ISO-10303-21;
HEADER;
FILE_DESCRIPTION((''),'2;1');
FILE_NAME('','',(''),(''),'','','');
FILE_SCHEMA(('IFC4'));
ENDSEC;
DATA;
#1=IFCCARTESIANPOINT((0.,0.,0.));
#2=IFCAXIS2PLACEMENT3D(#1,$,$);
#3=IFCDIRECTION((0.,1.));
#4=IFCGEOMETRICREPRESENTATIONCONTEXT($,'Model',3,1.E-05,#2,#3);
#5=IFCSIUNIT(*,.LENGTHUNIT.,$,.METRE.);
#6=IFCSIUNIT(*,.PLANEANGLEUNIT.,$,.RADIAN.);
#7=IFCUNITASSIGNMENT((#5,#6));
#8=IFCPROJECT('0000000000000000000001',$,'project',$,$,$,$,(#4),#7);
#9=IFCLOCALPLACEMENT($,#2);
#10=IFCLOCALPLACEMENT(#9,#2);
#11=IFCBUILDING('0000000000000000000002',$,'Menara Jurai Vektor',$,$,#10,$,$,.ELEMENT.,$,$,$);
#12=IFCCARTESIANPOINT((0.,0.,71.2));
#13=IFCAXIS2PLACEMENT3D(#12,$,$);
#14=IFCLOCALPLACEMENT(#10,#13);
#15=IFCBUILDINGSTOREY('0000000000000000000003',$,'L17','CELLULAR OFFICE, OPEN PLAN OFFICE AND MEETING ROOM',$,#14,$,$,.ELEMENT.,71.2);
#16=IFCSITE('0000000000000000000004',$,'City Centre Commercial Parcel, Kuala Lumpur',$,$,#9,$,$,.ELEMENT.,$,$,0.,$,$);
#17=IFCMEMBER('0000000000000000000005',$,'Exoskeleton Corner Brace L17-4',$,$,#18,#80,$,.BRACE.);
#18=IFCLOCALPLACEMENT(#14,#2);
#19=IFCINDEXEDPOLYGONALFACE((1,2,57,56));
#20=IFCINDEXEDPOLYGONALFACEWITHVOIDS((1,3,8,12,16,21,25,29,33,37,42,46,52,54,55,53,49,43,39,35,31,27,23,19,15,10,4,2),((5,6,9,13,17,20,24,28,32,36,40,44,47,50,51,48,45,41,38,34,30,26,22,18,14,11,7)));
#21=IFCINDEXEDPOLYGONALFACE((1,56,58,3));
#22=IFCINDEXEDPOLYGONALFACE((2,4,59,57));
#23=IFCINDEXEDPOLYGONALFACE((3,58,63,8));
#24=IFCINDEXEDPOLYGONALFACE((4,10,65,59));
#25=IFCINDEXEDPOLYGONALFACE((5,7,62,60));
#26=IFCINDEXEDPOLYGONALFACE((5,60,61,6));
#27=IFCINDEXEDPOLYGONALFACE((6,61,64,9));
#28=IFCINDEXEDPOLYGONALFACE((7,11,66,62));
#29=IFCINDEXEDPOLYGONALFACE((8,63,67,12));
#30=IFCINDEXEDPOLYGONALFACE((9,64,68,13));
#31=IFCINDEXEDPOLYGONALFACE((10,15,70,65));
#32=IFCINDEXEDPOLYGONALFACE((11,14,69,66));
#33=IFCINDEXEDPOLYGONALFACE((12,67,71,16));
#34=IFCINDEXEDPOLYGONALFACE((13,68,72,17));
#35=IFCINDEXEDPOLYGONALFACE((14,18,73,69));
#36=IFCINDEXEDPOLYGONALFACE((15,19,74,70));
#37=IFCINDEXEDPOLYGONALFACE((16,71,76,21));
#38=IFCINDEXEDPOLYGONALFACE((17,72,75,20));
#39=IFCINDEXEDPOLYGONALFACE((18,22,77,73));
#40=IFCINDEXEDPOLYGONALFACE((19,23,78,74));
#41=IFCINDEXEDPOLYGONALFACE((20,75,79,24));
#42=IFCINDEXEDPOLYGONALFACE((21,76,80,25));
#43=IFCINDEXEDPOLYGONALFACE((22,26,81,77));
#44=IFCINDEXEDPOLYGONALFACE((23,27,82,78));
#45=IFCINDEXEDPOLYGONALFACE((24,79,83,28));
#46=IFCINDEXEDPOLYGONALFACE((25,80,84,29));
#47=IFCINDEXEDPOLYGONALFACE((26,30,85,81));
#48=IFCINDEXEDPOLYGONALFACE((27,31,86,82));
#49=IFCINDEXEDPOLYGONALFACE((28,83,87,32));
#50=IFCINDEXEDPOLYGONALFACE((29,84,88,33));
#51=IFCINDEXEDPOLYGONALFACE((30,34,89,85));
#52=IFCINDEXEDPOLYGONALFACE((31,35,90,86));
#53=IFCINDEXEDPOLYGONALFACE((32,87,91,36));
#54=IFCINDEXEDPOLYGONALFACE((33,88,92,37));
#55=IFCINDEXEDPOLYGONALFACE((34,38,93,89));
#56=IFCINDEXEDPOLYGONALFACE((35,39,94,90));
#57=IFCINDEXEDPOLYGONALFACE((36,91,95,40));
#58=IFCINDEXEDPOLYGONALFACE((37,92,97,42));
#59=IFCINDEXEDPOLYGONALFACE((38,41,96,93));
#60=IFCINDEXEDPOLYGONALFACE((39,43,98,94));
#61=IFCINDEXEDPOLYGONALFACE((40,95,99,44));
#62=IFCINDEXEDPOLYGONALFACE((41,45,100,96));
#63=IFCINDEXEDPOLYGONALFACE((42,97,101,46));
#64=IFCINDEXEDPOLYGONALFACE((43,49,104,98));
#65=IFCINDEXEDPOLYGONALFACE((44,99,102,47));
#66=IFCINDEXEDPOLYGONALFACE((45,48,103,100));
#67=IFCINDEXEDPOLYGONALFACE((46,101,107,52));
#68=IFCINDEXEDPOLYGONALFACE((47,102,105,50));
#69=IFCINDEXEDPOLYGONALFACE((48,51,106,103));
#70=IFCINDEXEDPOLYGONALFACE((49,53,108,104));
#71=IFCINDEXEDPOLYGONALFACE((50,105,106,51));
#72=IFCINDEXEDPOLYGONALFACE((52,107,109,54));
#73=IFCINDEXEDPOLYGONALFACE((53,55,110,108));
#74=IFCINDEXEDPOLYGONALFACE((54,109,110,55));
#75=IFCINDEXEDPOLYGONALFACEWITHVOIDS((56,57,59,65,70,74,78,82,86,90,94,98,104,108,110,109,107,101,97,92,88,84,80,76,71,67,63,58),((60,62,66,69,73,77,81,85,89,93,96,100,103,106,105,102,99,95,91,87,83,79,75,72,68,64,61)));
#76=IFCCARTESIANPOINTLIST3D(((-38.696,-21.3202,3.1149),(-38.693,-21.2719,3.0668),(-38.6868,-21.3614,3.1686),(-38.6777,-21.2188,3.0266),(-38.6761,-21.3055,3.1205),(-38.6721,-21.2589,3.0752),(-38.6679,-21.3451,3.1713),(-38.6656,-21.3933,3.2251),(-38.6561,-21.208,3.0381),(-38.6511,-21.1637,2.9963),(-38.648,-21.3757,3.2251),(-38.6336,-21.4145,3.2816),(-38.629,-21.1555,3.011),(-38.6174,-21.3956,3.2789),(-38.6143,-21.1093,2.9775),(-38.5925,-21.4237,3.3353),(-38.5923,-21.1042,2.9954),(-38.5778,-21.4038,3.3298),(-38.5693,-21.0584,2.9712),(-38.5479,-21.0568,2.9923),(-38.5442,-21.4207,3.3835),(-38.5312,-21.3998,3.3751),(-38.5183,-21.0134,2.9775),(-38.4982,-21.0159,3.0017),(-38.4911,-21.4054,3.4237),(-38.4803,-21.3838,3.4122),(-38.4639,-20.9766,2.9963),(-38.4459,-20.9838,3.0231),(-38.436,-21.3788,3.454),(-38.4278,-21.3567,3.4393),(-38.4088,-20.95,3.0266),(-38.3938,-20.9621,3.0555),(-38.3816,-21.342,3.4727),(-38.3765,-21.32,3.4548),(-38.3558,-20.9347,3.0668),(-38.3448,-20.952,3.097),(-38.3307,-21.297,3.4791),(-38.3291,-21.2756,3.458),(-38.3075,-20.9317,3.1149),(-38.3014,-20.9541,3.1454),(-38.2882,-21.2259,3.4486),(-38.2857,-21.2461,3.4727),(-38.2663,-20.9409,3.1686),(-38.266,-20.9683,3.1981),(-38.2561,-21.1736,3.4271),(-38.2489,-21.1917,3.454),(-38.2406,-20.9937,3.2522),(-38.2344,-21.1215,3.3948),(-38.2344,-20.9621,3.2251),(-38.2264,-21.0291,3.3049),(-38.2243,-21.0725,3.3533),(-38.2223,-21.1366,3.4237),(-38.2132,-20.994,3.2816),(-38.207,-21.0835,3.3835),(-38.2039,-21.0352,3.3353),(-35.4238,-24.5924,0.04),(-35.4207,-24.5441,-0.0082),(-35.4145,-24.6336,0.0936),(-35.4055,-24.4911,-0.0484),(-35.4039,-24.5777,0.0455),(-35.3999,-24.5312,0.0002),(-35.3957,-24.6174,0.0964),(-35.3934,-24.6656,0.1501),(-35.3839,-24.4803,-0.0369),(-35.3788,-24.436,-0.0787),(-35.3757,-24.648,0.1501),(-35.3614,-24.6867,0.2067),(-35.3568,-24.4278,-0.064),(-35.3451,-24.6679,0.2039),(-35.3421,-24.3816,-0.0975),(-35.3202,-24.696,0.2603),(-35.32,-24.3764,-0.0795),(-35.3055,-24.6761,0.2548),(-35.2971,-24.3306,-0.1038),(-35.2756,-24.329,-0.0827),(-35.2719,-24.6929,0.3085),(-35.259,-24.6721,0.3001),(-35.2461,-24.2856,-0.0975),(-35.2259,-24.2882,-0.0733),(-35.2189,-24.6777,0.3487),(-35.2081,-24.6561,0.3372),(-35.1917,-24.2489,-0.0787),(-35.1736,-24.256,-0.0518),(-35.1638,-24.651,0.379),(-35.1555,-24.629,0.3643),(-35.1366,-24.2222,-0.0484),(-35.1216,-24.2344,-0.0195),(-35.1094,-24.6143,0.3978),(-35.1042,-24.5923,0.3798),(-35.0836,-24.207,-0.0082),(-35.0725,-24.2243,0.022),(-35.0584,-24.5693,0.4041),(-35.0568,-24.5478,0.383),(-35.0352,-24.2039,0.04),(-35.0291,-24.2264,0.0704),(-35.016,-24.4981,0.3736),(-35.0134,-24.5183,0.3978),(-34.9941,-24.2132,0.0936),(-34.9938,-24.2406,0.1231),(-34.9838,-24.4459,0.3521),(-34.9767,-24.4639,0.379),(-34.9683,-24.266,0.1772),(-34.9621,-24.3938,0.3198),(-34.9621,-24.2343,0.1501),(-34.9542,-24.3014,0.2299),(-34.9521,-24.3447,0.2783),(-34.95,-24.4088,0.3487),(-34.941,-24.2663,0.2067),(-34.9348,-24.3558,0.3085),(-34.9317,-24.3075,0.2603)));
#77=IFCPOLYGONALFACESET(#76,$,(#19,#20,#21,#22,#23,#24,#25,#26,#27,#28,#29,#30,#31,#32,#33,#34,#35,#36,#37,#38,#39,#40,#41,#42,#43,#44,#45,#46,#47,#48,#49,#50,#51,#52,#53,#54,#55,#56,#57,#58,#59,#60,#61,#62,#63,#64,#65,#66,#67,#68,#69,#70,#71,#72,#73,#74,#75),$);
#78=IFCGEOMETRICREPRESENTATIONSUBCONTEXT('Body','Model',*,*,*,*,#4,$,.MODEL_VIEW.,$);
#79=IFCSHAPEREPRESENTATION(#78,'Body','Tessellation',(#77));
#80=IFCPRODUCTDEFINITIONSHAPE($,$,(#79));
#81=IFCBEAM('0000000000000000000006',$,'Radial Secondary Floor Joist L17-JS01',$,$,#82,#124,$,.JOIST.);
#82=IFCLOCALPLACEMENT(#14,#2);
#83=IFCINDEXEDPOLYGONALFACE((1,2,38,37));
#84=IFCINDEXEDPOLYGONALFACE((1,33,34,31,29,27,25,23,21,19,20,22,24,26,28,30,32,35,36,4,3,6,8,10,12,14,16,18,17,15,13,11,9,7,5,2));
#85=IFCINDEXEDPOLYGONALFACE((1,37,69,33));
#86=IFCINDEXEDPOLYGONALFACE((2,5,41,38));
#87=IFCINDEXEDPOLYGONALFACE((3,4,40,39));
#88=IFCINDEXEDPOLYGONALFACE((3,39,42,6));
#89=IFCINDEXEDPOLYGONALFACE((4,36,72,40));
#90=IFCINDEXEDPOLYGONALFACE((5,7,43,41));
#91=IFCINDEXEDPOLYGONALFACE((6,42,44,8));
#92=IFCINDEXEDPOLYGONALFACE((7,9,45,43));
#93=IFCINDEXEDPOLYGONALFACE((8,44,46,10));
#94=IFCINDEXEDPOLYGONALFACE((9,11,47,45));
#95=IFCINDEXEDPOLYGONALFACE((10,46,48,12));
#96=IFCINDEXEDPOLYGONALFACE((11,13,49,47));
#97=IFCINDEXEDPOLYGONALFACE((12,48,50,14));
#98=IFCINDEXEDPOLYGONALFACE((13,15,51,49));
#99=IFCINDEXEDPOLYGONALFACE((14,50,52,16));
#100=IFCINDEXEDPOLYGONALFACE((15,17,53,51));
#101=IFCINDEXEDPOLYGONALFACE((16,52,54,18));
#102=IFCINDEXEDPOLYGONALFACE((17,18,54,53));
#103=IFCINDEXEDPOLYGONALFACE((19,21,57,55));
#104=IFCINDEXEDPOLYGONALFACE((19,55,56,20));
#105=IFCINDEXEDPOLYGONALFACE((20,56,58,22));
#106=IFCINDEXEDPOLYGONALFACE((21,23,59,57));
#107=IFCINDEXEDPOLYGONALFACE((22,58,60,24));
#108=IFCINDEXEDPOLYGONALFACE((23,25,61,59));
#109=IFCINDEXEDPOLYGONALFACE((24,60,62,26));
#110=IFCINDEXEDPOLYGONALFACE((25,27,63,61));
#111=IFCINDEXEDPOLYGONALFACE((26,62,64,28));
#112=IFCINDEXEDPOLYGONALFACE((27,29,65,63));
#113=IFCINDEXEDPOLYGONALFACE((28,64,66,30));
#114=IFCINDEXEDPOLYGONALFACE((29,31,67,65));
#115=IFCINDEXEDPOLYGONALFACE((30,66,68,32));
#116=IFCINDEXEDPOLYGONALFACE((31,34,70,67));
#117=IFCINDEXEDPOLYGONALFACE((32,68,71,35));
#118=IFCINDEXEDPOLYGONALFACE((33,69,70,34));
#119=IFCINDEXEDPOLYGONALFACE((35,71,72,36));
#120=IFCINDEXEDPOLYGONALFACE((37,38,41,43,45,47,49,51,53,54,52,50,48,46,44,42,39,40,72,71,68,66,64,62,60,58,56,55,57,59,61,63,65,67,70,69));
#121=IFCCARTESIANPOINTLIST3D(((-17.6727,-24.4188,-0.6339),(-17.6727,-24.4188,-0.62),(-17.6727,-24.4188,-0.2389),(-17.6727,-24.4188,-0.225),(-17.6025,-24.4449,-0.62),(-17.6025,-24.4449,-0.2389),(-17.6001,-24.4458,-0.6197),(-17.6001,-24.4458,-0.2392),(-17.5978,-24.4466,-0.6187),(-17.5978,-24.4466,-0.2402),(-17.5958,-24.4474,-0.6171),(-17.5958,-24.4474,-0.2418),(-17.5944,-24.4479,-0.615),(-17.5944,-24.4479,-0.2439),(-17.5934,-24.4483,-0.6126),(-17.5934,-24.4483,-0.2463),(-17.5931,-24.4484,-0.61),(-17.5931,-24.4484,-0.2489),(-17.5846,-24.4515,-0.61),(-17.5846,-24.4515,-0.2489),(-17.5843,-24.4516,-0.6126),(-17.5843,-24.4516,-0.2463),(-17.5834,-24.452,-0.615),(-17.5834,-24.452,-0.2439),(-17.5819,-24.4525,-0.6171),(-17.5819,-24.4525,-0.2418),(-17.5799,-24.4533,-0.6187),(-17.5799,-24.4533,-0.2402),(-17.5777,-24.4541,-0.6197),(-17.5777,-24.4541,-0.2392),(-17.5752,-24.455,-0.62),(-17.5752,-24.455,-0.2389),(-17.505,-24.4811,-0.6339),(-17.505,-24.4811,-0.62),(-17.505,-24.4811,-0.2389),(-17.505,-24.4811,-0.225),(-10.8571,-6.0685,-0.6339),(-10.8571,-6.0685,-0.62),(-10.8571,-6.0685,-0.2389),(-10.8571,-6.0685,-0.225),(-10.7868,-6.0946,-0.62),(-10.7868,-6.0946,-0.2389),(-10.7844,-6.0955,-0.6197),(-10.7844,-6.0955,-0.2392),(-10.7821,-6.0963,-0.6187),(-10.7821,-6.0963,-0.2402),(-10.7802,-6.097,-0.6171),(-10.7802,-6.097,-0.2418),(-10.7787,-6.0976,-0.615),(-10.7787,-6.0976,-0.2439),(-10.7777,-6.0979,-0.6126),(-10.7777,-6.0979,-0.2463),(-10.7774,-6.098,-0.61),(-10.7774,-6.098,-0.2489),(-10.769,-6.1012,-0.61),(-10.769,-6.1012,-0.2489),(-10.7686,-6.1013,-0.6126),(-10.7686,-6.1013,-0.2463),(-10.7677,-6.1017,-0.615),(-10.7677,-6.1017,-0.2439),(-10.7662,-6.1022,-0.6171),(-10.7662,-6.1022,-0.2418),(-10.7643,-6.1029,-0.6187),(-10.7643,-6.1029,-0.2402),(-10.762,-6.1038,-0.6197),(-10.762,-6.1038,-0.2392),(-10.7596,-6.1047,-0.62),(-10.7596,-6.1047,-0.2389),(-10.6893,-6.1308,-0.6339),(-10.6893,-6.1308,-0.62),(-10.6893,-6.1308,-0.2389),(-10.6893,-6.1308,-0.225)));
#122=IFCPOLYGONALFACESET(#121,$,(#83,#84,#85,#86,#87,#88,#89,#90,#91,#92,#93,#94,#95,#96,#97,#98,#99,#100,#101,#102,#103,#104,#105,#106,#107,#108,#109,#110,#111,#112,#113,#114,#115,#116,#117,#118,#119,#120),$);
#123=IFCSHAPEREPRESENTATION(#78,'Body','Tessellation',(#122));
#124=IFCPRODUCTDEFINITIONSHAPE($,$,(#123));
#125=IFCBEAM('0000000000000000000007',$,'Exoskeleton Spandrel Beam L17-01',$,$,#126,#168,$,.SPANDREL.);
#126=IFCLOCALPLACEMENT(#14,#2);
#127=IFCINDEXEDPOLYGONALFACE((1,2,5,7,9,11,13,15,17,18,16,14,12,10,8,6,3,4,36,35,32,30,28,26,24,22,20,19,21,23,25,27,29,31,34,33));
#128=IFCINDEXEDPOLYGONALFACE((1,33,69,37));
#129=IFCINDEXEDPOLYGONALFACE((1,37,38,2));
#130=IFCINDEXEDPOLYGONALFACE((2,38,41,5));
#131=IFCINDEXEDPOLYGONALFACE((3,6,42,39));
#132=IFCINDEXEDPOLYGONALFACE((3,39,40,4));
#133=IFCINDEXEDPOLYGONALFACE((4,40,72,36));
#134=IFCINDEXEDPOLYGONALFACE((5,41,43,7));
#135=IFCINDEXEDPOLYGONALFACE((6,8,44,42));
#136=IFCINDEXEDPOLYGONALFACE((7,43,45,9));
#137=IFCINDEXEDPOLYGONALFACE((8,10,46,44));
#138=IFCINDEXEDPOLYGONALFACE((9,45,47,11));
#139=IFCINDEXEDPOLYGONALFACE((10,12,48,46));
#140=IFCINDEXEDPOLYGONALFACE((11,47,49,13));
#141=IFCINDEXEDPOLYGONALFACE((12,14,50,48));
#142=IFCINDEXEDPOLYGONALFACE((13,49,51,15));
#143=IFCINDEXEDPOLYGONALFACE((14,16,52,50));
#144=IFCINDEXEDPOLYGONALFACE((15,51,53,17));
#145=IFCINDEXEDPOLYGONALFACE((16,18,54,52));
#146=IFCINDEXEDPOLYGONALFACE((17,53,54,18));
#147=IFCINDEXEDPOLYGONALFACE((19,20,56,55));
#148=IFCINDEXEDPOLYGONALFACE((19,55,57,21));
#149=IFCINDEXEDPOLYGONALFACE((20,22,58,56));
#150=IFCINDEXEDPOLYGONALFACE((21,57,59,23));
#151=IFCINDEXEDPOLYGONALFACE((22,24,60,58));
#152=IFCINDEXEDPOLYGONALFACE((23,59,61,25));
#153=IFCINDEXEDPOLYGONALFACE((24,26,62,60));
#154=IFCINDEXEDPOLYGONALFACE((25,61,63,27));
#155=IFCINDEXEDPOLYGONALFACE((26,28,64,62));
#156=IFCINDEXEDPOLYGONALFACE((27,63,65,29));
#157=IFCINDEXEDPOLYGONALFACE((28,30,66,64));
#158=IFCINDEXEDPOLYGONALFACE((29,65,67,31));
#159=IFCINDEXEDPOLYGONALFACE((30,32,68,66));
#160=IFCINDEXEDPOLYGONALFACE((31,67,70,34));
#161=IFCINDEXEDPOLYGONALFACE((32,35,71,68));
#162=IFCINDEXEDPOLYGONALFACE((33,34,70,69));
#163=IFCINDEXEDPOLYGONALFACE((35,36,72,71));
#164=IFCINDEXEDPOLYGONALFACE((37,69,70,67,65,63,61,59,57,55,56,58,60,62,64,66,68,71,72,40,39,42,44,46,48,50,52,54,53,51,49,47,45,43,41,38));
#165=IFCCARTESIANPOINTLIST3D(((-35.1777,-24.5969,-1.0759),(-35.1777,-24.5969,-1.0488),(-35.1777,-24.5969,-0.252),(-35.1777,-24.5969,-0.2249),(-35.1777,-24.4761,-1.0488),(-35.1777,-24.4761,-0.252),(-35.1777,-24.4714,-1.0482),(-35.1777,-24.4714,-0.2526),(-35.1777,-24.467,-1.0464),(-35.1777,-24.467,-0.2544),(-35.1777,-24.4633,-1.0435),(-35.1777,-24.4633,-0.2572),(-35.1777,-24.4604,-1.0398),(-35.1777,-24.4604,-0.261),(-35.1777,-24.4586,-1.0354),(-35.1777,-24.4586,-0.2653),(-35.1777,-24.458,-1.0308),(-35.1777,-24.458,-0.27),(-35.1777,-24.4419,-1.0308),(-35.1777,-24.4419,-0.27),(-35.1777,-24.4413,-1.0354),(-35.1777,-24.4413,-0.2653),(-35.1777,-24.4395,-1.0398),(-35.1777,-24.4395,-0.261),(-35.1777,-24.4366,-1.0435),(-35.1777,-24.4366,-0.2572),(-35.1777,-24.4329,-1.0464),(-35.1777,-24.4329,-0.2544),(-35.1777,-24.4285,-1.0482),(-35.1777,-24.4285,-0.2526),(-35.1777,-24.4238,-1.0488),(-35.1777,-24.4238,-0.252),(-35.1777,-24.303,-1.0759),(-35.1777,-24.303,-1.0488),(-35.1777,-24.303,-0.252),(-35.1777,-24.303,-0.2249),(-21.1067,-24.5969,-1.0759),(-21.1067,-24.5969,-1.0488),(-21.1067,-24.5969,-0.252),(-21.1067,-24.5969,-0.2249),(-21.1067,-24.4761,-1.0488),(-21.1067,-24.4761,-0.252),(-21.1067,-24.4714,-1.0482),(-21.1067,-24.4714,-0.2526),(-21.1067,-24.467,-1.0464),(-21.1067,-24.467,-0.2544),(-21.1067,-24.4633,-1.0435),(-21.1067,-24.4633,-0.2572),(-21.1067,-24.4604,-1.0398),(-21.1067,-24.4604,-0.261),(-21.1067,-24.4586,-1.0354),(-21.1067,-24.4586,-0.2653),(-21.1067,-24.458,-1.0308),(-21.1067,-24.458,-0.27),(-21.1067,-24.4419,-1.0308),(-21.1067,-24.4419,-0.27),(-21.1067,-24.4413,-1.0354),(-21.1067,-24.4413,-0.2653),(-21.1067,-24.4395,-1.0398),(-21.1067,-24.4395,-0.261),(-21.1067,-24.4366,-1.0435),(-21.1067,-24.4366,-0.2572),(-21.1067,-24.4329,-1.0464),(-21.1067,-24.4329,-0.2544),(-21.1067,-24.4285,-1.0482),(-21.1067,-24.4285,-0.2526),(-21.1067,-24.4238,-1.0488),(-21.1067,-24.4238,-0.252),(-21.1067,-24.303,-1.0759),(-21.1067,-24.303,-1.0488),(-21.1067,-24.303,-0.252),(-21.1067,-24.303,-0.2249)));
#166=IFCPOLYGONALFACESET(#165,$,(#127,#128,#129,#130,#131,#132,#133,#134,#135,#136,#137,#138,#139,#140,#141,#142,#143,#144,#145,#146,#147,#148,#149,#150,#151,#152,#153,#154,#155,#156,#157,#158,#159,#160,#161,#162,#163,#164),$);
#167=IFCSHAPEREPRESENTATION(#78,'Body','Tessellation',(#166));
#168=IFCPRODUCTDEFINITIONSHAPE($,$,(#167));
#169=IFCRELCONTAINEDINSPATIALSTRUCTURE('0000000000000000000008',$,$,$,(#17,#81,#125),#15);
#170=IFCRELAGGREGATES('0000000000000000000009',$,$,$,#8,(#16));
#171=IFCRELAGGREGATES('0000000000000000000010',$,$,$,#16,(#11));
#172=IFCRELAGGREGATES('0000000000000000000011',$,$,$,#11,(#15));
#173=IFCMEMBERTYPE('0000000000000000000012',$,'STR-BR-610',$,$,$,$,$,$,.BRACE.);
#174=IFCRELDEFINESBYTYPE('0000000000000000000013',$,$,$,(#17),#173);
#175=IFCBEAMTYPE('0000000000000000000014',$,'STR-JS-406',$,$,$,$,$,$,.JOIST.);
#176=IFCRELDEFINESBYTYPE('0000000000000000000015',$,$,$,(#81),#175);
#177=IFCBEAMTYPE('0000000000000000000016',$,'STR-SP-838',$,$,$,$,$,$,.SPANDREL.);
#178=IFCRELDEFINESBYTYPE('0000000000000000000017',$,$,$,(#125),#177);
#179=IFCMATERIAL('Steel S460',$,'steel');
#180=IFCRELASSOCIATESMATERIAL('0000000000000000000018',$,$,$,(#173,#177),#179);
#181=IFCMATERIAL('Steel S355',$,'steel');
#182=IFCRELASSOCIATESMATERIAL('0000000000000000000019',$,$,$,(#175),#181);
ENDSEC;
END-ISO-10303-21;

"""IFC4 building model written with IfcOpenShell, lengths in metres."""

from ifc_helpers import new_model, si_unit, direction, frame, origin, origin_2d, place, context, subcontext, project, spatial, hollow_circle, i_section, extrude, material, material_profile, profile_set, type_object, element, save


model = new_model("IFC4")

# Units and contexts
model_context = context("Model", 3, precision=1e-05, world=origin(), true_north=direction((0.0, 1.0)))
body_context = subcontext(model_context, "Body", "Model", "MODEL_VIEW")
ifc_project = project(units=[si_unit("LENGTHUNIT", "METRE"), si_unit("PLANEANGLEUNIT", "RADIAN")], contexts=[model_context])

# Site, building, storey
site_placement = place(None, origin())
site = spatial("IfcSite", under=ifc_project, at=site_placement, Name="City Centre Commercial Parcel, Kuala Lumpur", CompositionType="ELEMENT", RefElevation=0.0)
building_placement = place(site_placement, origin())
building = spatial("IfcBuilding", under=site, at=building_placement, Name="Menara Jurai Vektor", CompositionType="ELEMENT")
storey_placement = place(building_placement, frame((0.0, 0.0, 71.2)))
storey = spatial("IfcBuildingStorey", under=building, at=storey_placement, Name="L17", Description="CELLULAR OFFICE, OPEN PLAN OFFICE AND MEETING ROOM", CompositionType="ELEMENT", Elevation=71.2)

# Shared definitions
ifc_material_1 = material(Name="Steel S460", Category="steel")

# Shared definitions
ifc_material_2 = material(Name="Steel S355", Category="steel")

# Member
ifc_material_profile_1 = material_profile(ifc_material_1, hollow_circle(Radius=0.3049, WallThickness=0.0249, at=origin_2d()), Name="CHS 610x25")
ifc_profile_set_1 = profile_set([ifc_material_profile_1], Name="Steel S460")
member_type_1 = type_object("IfcMemberType", Name="STR-BR-610", PredefinedType="BRACE", material=ifc_profile_set_1)
member_1_placement = place(storey_placement, frame((-35.1777, -24.45, 0.1501), z_axis=(-0.588942, 0.588942, 0.553438), x_axis=(-0.707107, -0.707107, 0.0)))
element("IfcMember", 1, at=member_1_placement, inside=storey, type_object=member_type_1, Name="Exoskeleton Corner Brace L17-4", PredefinedType="BRACE", context=body_context, shape_type="SweptSolid", body=[
    extrude(hollow_circle(Radius=0.3049, WallThickness=0.0249, at=origin_2d()), origin(), (0.0, 0.0, 1.0), 5.5562),
])

# Beams
ifc_material_profile_2 = material_profile(ifc_material_2, i_section(OverallWidth=0.179, OverallDepth=0.4089, WebThickness=0.009, FlangeThickness=0.0139, FilletRadius=0.01, at=origin_2d()), Name="UKB 406x178x67")
ifc_profile_set_2 = profile_set([ifc_material_profile_2], Name="Steel S355")
beam_type_1 = type_object("IfcBeamType", Name="STR-JS-406", PredefinedType="JOIST", material=ifc_profile_set_2)
beam_1_placement = place(storey_placement, frame((-17.5889, -24.45, -0.4294), z_axis=(0.348179, 0.937428, 0.0), x_axis=(-0.937428, 0.348179, 0.0)))
element("IfcBeam", 2, at=beam_1_placement, inside=storey, type_object=beam_type_1, Name="Radial Secondary Floor Joist L17-JS01", PredefinedType="JOIST", context=body_context, shape_type="SweptSolid", body=[
    extrude(i_section(OverallWidth=0.179, OverallDepth=0.4089, WebThickness=0.009, FlangeThickness=0.0139, FilletRadius=0.01, at=origin_2d()), origin(), (0.0, 0.0, 1.0), 19.5752),
])
ifc_material_profile_3 = material_profile(ifc_material_1, i_section(OverallWidth=0.2939, OverallDepth=0.8511, WebThickness=0.0161, FlangeThickness=0.0271, FilletRadius=0.0181, at=origin_2d()), Name="UKB 838x292x226")
ifc_profile_set_3 = profile_set([ifc_material_profile_3], Name="Steel S460")
beam_type_2 = type_object("IfcBeamType", Name="STR-SP-838", PredefinedType="SPANDREL", material=ifc_profile_set_3)
for number, where, z_axis, x_axis, name in (
    (3, (-35.1777, -24.45, -0.6504), (1.0, 0.0, 0.0), (0.0, 1.0, 0.0), "Exoskeleton Spandrel Beam L17-01"),
):
    element("IfcBeam", number, at=place(storey_placement, frame(where, z_axis=z_axis, x_axis=x_axis)), inside=storey, type_object=beam_type_2, Name=name, PredefinedType="SPANDREL", context=body_context, shape_type="SweptSolid", body=[
        extrude(i_section(OverallWidth=0.2939, OverallDepth=0.8511, WebThickness=0.0161, FlangeThickness=0.0271, FilletRadius=0.0181, at=origin_2d()), origin(), (0.0, 0.0, 1.0), 14.071),
    ])

save(model, "model.ifc")
